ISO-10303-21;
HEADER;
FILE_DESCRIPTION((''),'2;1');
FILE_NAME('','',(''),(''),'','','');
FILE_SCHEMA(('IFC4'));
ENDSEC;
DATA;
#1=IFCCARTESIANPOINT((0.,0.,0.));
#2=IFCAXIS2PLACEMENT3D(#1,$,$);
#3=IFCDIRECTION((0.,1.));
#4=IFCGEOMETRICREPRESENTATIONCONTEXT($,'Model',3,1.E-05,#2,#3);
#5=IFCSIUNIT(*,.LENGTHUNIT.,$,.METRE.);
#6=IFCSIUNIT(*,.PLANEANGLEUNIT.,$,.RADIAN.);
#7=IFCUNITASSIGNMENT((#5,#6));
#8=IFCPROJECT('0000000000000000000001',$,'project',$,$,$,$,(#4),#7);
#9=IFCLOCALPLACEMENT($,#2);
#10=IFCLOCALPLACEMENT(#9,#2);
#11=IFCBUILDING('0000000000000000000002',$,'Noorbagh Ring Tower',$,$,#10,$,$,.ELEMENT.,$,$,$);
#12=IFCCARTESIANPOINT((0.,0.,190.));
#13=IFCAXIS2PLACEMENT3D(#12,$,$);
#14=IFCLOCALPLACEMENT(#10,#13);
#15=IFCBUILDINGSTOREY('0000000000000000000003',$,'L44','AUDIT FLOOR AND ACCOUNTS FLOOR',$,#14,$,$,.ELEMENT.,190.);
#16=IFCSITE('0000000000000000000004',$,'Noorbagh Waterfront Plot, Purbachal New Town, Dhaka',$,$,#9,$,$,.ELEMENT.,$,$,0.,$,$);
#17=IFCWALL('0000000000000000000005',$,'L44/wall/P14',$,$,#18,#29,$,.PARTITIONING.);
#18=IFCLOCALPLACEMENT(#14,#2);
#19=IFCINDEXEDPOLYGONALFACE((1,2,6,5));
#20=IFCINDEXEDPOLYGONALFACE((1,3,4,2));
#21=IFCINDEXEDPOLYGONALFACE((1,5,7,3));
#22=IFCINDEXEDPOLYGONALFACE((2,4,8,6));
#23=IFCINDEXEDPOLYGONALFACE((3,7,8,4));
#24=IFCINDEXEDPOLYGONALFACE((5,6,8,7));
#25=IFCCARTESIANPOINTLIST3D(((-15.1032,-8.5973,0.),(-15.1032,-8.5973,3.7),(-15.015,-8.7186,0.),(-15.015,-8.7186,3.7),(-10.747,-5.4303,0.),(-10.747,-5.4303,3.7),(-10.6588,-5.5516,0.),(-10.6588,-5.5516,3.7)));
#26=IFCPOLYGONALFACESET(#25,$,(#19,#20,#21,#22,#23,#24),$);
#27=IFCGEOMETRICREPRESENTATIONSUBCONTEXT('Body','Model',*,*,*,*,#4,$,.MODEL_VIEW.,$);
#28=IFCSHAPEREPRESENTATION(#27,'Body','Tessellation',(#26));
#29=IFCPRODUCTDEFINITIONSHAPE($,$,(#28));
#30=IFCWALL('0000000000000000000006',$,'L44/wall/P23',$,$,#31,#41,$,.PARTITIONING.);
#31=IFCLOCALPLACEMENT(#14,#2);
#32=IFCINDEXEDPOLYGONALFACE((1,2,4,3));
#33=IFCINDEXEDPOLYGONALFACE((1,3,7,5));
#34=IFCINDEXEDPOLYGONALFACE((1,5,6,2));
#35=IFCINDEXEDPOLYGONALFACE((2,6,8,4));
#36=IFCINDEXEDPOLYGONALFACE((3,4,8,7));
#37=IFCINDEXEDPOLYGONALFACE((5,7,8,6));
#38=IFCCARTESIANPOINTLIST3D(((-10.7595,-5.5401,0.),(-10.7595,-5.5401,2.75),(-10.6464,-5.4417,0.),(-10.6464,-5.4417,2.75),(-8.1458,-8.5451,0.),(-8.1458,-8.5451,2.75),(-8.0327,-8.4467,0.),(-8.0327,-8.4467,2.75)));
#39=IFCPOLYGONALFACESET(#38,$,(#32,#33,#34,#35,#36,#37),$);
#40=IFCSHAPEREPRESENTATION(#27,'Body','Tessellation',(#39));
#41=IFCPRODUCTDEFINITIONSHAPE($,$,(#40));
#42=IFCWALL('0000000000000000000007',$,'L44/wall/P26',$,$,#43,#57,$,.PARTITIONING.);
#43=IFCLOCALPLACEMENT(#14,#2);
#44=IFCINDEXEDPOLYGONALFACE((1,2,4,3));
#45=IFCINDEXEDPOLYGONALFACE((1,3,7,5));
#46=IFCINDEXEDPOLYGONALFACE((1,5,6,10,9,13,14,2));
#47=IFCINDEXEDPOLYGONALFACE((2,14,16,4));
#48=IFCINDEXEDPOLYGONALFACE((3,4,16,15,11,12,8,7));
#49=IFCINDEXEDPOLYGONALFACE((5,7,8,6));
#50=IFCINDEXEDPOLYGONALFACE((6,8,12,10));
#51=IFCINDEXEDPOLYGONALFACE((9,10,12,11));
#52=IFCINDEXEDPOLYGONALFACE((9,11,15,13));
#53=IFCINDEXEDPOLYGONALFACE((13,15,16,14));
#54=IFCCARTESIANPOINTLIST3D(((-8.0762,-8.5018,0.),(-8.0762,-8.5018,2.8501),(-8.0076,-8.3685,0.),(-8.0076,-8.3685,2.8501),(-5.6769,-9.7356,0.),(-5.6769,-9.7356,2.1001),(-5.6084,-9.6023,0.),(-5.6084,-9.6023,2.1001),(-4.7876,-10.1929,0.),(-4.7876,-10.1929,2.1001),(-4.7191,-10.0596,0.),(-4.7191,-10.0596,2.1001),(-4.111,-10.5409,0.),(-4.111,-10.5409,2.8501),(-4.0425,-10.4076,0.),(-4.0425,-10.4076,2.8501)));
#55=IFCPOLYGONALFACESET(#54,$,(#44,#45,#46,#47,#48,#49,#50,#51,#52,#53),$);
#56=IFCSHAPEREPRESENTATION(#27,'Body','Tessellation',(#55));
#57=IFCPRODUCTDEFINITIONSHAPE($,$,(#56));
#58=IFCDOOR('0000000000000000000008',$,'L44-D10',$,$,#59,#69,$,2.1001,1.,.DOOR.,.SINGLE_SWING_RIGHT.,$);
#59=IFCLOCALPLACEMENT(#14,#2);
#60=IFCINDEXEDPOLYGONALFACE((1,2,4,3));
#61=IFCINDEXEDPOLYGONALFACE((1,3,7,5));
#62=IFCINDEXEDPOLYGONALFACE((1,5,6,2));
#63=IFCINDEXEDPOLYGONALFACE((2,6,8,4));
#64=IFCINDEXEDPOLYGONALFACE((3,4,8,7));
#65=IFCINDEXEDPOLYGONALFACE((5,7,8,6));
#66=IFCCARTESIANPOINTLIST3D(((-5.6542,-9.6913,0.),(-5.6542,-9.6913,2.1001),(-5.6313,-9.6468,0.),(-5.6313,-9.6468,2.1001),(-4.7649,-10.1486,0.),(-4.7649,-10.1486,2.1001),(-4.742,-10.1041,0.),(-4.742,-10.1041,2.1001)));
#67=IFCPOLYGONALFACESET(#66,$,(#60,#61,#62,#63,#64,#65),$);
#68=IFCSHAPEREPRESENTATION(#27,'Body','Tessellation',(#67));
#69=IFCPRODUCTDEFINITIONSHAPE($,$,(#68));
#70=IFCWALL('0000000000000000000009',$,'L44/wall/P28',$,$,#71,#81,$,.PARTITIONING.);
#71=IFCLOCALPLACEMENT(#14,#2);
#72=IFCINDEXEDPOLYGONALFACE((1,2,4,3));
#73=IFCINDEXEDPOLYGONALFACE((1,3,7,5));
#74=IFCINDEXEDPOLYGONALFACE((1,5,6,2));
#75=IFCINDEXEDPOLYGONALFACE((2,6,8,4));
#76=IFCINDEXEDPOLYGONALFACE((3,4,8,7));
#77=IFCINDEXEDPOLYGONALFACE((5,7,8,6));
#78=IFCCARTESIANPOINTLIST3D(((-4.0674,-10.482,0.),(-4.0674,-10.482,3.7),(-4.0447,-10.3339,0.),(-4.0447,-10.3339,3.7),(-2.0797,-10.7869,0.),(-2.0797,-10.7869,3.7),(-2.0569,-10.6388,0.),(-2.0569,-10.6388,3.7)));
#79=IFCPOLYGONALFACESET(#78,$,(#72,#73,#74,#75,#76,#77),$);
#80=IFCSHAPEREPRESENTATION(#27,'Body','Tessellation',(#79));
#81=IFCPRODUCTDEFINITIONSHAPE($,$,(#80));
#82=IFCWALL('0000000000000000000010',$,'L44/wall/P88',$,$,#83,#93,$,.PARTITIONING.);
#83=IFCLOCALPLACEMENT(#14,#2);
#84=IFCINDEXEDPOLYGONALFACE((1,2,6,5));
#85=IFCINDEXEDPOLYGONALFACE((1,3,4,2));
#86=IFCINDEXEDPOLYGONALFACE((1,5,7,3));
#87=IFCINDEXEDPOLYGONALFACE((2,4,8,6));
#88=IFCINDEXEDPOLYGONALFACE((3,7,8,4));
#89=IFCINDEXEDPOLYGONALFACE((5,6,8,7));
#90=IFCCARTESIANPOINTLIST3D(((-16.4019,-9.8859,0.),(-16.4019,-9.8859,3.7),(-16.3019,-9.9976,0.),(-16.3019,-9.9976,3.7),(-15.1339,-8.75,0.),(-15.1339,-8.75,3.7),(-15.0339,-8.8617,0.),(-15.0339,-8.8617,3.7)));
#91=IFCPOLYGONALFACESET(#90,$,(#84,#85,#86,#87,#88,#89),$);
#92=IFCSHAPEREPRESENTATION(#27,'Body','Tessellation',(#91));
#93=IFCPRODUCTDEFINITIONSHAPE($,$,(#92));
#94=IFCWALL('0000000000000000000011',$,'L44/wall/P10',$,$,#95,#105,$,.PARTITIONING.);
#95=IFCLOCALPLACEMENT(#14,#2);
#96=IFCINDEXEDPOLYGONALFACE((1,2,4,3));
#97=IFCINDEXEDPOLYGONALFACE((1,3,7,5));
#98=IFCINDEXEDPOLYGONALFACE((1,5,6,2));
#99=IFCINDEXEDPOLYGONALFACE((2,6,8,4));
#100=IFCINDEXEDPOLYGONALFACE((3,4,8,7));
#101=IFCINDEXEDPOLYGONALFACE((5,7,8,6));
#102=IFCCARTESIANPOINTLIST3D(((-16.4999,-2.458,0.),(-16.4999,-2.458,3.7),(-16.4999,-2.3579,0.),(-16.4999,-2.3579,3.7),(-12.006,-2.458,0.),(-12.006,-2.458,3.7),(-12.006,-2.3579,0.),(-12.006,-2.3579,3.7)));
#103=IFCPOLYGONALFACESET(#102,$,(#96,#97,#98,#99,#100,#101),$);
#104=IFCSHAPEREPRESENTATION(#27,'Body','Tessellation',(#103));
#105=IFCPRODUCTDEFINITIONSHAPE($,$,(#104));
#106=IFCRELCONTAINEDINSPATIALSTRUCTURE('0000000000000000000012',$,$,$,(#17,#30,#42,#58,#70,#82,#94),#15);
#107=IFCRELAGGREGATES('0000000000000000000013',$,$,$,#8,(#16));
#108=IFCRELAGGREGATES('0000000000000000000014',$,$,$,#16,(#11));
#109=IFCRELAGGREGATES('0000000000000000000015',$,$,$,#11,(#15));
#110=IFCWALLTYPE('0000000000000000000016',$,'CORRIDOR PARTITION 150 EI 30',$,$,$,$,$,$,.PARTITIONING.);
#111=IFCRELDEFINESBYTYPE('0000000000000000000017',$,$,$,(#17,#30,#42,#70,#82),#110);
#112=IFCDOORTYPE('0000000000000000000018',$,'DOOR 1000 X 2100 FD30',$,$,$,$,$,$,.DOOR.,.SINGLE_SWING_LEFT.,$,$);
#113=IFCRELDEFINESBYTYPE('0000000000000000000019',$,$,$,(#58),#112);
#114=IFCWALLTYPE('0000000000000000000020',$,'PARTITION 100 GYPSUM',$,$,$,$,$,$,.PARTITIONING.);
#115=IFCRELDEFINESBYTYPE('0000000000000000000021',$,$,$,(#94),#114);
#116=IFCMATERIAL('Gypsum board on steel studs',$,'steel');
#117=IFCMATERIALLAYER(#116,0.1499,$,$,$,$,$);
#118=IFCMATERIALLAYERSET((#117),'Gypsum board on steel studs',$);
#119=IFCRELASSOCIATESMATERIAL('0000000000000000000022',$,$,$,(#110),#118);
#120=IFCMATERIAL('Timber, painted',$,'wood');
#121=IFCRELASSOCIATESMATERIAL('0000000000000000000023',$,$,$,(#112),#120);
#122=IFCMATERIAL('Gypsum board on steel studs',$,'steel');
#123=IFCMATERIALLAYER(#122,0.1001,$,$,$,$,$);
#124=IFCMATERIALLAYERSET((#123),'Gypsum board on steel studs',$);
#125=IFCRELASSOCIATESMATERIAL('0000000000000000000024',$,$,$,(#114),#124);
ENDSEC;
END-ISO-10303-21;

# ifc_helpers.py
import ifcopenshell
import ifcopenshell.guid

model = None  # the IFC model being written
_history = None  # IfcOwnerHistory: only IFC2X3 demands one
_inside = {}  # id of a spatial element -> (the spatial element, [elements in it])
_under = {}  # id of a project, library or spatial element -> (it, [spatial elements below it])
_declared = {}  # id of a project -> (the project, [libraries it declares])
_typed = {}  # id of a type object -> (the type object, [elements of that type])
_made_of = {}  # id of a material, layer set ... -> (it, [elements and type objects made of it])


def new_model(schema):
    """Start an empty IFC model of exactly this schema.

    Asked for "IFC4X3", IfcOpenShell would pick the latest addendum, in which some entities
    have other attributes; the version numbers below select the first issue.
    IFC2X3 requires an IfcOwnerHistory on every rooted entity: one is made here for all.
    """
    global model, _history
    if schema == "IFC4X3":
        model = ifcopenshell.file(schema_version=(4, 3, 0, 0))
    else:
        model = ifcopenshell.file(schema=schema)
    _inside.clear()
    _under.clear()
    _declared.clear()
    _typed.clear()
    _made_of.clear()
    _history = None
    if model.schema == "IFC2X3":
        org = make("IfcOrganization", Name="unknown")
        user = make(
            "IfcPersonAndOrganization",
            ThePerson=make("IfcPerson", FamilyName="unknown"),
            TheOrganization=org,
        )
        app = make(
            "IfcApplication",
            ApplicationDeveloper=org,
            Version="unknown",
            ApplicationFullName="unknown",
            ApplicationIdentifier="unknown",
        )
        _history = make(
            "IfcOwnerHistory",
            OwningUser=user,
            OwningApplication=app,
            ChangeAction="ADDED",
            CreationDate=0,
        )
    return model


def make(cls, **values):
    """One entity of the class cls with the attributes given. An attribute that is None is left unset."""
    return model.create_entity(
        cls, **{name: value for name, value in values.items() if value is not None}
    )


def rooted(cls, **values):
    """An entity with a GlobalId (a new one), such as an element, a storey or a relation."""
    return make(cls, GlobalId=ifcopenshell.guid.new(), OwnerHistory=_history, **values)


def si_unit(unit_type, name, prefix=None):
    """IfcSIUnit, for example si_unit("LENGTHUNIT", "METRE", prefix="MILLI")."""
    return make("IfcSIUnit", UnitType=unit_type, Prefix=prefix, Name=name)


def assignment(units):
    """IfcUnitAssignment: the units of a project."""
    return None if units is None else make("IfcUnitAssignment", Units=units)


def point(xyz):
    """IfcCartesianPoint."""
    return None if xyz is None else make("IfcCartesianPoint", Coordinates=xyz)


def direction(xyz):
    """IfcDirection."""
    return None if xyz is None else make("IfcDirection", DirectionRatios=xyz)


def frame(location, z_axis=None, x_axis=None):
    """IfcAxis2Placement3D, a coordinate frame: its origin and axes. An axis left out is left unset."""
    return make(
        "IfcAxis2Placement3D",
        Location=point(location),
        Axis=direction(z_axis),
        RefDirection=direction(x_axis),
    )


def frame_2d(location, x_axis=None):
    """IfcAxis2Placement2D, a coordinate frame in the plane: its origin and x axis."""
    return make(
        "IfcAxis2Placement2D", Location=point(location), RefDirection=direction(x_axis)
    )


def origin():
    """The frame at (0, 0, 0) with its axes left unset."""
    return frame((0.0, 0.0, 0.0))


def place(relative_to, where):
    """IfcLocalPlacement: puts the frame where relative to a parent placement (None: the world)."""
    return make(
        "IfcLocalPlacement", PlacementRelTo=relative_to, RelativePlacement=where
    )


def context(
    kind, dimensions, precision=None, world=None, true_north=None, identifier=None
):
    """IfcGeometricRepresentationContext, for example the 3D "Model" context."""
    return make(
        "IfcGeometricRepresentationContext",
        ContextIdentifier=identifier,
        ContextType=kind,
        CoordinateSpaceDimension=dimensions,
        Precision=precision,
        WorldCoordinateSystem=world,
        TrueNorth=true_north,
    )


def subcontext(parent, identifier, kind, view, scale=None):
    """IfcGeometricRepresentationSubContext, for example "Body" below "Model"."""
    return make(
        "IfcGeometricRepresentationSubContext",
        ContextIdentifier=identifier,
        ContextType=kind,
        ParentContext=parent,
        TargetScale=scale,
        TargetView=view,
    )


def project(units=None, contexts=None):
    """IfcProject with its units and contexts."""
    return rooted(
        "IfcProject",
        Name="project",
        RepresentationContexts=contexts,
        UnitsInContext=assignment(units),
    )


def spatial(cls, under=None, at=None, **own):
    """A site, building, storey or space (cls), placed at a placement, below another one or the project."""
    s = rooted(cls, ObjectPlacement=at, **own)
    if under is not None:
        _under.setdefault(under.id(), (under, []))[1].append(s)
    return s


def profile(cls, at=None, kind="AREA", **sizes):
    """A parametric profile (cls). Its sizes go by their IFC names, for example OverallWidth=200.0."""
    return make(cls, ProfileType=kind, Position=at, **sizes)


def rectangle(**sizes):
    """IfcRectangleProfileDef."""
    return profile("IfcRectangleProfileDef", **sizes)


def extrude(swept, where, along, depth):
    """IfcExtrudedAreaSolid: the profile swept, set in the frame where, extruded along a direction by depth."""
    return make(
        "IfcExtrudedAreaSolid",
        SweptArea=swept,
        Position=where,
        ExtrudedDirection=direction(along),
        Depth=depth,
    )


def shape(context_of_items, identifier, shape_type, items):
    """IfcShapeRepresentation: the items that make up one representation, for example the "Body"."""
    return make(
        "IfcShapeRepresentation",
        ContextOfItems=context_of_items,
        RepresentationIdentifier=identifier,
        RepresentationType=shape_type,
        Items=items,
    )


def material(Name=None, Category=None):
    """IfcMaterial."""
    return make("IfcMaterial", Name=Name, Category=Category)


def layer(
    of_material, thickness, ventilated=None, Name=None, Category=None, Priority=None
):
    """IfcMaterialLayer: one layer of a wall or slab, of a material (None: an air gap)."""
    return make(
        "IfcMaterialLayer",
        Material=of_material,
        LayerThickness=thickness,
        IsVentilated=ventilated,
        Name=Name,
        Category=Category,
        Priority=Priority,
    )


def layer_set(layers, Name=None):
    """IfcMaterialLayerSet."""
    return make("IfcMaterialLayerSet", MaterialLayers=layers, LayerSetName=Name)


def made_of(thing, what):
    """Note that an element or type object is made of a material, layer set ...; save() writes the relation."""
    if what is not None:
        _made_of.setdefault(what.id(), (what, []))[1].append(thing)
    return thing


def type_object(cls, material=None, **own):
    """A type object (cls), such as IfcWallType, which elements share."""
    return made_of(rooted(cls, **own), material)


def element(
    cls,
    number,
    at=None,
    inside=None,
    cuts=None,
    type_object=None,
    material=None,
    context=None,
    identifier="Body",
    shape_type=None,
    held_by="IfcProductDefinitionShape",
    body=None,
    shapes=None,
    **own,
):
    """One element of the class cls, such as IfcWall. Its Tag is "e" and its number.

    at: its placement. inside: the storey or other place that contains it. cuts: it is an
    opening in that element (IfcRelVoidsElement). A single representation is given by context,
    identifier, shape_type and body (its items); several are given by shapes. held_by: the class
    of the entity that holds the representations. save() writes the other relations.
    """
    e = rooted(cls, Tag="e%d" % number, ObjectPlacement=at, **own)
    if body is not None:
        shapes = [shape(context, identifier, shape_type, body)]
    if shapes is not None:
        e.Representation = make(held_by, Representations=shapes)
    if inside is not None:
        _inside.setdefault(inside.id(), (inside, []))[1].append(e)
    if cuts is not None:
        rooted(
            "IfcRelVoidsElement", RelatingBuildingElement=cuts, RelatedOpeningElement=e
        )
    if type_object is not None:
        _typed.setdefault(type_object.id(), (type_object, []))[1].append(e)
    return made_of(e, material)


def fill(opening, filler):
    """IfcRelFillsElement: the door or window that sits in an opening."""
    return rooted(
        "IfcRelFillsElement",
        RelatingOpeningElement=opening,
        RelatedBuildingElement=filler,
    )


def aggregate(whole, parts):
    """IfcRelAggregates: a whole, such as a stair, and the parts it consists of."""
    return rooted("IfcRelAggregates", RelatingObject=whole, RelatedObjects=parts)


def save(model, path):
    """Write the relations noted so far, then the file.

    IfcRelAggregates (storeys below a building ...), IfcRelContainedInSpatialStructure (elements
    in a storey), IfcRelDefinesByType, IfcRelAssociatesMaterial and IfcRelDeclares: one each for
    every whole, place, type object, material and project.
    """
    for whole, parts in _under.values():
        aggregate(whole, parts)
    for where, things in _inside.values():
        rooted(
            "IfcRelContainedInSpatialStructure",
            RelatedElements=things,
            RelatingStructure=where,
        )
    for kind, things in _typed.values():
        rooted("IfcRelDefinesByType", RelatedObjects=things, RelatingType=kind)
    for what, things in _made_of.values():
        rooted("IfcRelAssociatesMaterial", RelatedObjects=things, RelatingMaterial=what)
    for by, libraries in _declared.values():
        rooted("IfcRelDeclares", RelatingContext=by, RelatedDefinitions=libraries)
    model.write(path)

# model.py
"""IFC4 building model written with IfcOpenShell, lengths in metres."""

from ifc_helpers import new_model, si_unit, direction, frame, frame_2d, origin, place, context, subcontext, project, spatial, rectangle, extrude, material, layer, layer_set, type_object, element, fill, save


model = new_model("IFC4")

# Units and contexts
model_context = context("Model", 3, precision=1e-05, world=origin(), true_north=direction((0.0, 1.0)))
body_context = subcontext(model_context, "Body", "Model", "MODEL_VIEW")
ifc_project = project(units=[si_unit("LENGTHUNIT", "METRE"), si_unit("PLANEANGLEUNIT", "RADIAN")], contexts=[model_context])

# Site, building, storey
site_placement = place(None, origin())
site = spatial("IfcSite", under=ifc_project, at=site_placement, Name="Noorbagh Waterfront Plot, Purbachal New Town, Dhaka", CompositionType="ELEMENT", RefElevation=0.0)
building_placement = place(site_placement, origin())
building = spatial("IfcBuilding", under=site, at=building_placement, Name="Noorbagh Ring Tower", CompositionType="ELEMENT")
storey_placement = place(building_placement, frame((0.0, 0.0, 190.0)))
storey = spatial("IfcBuildingStorey", under=building, at=storey_placement, Name="L44", Description="AUDIT FLOOR AND ACCOUNTS FLOOR", CompositionType="ELEMENT", Elevation=190.0)

# Walls
ifc_material_1 = material(Name="Gypsum board on steel studs", Category="steel")
ifc_layer_1 = layer(ifc_material_1, 0.1499)
ifc_layer_set_1 = layer_set([ifc_layer_1], Name="Gypsum board on steel studs")
wall_type_1 = type_object("IfcWallType", Name="CORRIDOR PARTITION 150 EI 30", PredefinedType="PARTITIONING", material=ifc_layer_set_1)
wall_1_placement = place(storey_placement, frame((-15.0591, -8.658, 0.0), z_axis=(0.0, 0.0, 1.0), x_axis=(0.808838, 0.588032, 0.0)))
element("IfcWall", 1, at=wall_1_placement, inside=storey, type_object=wall_type_1, Name="L44/wall/P14", PredefinedType="PARTITIONING", context=body_context, shape_type="SweptSolid", body=[
    extrude(rectangle(XDim=5.3857, YDim=0.1499, at=frame_2d((2.6929, 0.0))), origin(), (0.0, 0.0, 1.0), 3.7),
])
wall_2_placement = place(storey_placement, frame((-10.7029, -5.491, 0.0), z_axis=(0.0, 0.0, 1.0), x_axis=(0.656267, -0.754529, 0.0)))
element("IfcWall", 2, at=wall_2_placement, inside=storey, type_object=wall_type_1, Name="L44/wall/P23", PredefinedType="PARTITIONING", context=body_context, shape_type="SweptSolid", body=[
    extrude(rectangle(XDim=3.9827, YDim=0.1499, at=frame_2d((1.9912, 0.0))), origin(), (0.0, 0.0, 1.0), 2.75),
])

# Wall, opening, door
wall_3_placement = place(storey_placement, frame((-8.042, -8.4351, 0.0), z_axis=(0.0, 0.0, 1.0), x_axis=(0.889299, -0.457326, 0.0)))
wall_3 = element("IfcWall", 3, at=wall_3_placement, inside=storey, type_object=wall_type_1, Name="L44/wall/P26", PredefinedType="PARTITIONING", context=body_context, shape_type="SweptSolid", body=[
    extrude(rectangle(XDim=4.4587, YDim=0.1499, at=frame_2d((2.2295, 0.0))), origin(), (0.0, 0.0, 1.0), 2.8501),
])
opening_placement = place(wall_3_placement, frame((2.698, 0.0, 0.0)))
opening = element("IfcOpeningElement", 4, at=opening_placement, cuts=wall_3, PredefinedType="OPENING", context=body_context, shape_type="SweptSolid", body=[
    extrude(rectangle(XDim=1.0, YDim=2.1001, at=frame_2d((0.5, 1.05))), frame((0.0, 0.085, 0.0), z_axis=(0.0, -1.0, 0.0), x_axis=(1.0, 0.0, 0.0)), (0.0, 0.0, 1.0), 0.1699),
])
ifc_material_2 = material(Name="Timber, painted", Category="wood")
door_type = type_object("IfcDoorType", Name="DOOR 1000 X 2100 FD30", OperationType="SINGLE_SWING_LEFT", PredefinedType="DOOR", material=ifc_material_2)
door_placement = place(opening_placement, origin())
door = element("IfcDoor", 5, at=door_placement, inside=storey, type_object=door_type, Name="L44-D10", OperationType="SINGLE_SWING_RIGHT", OverallHeight=2.1001, OverallWidth=1.0, PredefinedType="DOOR", context=body_context, shape_type="SweptSolid", body=[
    extrude(rectangle(XDim=1.0, YDim=2.1001, at=frame_2d((0.5, 1.05))), frame((0.0, 0.0249, 0.0), z_axis=(0.0, -1.0, 0.0), x_axis=(1.0, 0.0, 0.0)), (0.0, 0.0, 1.0), 0.05),
])
fill(opening, door)

# Walls
wall_4_placement = place(storey_placement, frame((-4.0559, -10.408, 0.0), z_axis=(0.0, 0.0, 1.0), x_axis=(0.988438, -0.151628, 0.0)))
element("IfcWall", 6, at=wall_4_placement, inside=storey, type_object=wall_type_1, Name="L44/wall/P28", PredefinedType="PARTITIONING", context=body_context, shape_type="SweptSolid", body=[
    extrude(rectangle(XDim=2.011, YDim=0.1499, at=frame_2d((1.0054, 0.0))), origin(), (0.0, 0.0, 1.0), 3.7),
])
wall_5_placement = place(storey_placement, frame((-15.084, -8.8059, 0.0), z_axis=(0.0, 0.0, 1.0), x_axis=(-0.744832, -0.667252, 0.0)))
element("IfcWall", 7, at=wall_5_placement, inside=storey, type_object=wall_type_1, Name="L44/wall/P88", PredefinedType="PARTITIONING", context=body_context, shape_type="SweptSolid", body=[
    extrude(rectangle(XDim=1.7024, YDim=0.1499, at=frame_2d((0.8511, 0.0))), origin(), (0.0, 0.0, 1.0), 3.7),
])

# Wall
ifc_material_3 = material(Name="Gypsum board on steel studs", Category="steel")
ifc_layer_2 = layer(ifc_material_3, 0.1001)
ifc_layer_set_2 = layer_set([ifc_layer_2], Name="Gypsum board on steel studs")
wall_type_2 = type_object("IfcWallType", Name="PARTITION 100 GYPSUM", PredefinedType="PARTITIONING", material=ifc_layer_set_2)
wall_6_placement = place(storey_placement, frame((-16.5, -2.408, 0.0), z_axis=(0.0, 0.0, 1.0), x_axis=(1.0, 0.0, 0.0)))
element("IfcWall", 8, at=wall_6_placement, inside=storey, type_object=wall_type_2, Name="L44/wall/P10", PredefinedType="PARTITIONING", context=body_context, shape_type="SweptSolid", body=[
    extrude(rectangle(XDim=4.4939, YDim=0.1001, at=frame_2d((2.2471, 0.0))), origin(), (0.0, 0.0, 1.0), 3.7),
])

save(model, "model.ifc")
